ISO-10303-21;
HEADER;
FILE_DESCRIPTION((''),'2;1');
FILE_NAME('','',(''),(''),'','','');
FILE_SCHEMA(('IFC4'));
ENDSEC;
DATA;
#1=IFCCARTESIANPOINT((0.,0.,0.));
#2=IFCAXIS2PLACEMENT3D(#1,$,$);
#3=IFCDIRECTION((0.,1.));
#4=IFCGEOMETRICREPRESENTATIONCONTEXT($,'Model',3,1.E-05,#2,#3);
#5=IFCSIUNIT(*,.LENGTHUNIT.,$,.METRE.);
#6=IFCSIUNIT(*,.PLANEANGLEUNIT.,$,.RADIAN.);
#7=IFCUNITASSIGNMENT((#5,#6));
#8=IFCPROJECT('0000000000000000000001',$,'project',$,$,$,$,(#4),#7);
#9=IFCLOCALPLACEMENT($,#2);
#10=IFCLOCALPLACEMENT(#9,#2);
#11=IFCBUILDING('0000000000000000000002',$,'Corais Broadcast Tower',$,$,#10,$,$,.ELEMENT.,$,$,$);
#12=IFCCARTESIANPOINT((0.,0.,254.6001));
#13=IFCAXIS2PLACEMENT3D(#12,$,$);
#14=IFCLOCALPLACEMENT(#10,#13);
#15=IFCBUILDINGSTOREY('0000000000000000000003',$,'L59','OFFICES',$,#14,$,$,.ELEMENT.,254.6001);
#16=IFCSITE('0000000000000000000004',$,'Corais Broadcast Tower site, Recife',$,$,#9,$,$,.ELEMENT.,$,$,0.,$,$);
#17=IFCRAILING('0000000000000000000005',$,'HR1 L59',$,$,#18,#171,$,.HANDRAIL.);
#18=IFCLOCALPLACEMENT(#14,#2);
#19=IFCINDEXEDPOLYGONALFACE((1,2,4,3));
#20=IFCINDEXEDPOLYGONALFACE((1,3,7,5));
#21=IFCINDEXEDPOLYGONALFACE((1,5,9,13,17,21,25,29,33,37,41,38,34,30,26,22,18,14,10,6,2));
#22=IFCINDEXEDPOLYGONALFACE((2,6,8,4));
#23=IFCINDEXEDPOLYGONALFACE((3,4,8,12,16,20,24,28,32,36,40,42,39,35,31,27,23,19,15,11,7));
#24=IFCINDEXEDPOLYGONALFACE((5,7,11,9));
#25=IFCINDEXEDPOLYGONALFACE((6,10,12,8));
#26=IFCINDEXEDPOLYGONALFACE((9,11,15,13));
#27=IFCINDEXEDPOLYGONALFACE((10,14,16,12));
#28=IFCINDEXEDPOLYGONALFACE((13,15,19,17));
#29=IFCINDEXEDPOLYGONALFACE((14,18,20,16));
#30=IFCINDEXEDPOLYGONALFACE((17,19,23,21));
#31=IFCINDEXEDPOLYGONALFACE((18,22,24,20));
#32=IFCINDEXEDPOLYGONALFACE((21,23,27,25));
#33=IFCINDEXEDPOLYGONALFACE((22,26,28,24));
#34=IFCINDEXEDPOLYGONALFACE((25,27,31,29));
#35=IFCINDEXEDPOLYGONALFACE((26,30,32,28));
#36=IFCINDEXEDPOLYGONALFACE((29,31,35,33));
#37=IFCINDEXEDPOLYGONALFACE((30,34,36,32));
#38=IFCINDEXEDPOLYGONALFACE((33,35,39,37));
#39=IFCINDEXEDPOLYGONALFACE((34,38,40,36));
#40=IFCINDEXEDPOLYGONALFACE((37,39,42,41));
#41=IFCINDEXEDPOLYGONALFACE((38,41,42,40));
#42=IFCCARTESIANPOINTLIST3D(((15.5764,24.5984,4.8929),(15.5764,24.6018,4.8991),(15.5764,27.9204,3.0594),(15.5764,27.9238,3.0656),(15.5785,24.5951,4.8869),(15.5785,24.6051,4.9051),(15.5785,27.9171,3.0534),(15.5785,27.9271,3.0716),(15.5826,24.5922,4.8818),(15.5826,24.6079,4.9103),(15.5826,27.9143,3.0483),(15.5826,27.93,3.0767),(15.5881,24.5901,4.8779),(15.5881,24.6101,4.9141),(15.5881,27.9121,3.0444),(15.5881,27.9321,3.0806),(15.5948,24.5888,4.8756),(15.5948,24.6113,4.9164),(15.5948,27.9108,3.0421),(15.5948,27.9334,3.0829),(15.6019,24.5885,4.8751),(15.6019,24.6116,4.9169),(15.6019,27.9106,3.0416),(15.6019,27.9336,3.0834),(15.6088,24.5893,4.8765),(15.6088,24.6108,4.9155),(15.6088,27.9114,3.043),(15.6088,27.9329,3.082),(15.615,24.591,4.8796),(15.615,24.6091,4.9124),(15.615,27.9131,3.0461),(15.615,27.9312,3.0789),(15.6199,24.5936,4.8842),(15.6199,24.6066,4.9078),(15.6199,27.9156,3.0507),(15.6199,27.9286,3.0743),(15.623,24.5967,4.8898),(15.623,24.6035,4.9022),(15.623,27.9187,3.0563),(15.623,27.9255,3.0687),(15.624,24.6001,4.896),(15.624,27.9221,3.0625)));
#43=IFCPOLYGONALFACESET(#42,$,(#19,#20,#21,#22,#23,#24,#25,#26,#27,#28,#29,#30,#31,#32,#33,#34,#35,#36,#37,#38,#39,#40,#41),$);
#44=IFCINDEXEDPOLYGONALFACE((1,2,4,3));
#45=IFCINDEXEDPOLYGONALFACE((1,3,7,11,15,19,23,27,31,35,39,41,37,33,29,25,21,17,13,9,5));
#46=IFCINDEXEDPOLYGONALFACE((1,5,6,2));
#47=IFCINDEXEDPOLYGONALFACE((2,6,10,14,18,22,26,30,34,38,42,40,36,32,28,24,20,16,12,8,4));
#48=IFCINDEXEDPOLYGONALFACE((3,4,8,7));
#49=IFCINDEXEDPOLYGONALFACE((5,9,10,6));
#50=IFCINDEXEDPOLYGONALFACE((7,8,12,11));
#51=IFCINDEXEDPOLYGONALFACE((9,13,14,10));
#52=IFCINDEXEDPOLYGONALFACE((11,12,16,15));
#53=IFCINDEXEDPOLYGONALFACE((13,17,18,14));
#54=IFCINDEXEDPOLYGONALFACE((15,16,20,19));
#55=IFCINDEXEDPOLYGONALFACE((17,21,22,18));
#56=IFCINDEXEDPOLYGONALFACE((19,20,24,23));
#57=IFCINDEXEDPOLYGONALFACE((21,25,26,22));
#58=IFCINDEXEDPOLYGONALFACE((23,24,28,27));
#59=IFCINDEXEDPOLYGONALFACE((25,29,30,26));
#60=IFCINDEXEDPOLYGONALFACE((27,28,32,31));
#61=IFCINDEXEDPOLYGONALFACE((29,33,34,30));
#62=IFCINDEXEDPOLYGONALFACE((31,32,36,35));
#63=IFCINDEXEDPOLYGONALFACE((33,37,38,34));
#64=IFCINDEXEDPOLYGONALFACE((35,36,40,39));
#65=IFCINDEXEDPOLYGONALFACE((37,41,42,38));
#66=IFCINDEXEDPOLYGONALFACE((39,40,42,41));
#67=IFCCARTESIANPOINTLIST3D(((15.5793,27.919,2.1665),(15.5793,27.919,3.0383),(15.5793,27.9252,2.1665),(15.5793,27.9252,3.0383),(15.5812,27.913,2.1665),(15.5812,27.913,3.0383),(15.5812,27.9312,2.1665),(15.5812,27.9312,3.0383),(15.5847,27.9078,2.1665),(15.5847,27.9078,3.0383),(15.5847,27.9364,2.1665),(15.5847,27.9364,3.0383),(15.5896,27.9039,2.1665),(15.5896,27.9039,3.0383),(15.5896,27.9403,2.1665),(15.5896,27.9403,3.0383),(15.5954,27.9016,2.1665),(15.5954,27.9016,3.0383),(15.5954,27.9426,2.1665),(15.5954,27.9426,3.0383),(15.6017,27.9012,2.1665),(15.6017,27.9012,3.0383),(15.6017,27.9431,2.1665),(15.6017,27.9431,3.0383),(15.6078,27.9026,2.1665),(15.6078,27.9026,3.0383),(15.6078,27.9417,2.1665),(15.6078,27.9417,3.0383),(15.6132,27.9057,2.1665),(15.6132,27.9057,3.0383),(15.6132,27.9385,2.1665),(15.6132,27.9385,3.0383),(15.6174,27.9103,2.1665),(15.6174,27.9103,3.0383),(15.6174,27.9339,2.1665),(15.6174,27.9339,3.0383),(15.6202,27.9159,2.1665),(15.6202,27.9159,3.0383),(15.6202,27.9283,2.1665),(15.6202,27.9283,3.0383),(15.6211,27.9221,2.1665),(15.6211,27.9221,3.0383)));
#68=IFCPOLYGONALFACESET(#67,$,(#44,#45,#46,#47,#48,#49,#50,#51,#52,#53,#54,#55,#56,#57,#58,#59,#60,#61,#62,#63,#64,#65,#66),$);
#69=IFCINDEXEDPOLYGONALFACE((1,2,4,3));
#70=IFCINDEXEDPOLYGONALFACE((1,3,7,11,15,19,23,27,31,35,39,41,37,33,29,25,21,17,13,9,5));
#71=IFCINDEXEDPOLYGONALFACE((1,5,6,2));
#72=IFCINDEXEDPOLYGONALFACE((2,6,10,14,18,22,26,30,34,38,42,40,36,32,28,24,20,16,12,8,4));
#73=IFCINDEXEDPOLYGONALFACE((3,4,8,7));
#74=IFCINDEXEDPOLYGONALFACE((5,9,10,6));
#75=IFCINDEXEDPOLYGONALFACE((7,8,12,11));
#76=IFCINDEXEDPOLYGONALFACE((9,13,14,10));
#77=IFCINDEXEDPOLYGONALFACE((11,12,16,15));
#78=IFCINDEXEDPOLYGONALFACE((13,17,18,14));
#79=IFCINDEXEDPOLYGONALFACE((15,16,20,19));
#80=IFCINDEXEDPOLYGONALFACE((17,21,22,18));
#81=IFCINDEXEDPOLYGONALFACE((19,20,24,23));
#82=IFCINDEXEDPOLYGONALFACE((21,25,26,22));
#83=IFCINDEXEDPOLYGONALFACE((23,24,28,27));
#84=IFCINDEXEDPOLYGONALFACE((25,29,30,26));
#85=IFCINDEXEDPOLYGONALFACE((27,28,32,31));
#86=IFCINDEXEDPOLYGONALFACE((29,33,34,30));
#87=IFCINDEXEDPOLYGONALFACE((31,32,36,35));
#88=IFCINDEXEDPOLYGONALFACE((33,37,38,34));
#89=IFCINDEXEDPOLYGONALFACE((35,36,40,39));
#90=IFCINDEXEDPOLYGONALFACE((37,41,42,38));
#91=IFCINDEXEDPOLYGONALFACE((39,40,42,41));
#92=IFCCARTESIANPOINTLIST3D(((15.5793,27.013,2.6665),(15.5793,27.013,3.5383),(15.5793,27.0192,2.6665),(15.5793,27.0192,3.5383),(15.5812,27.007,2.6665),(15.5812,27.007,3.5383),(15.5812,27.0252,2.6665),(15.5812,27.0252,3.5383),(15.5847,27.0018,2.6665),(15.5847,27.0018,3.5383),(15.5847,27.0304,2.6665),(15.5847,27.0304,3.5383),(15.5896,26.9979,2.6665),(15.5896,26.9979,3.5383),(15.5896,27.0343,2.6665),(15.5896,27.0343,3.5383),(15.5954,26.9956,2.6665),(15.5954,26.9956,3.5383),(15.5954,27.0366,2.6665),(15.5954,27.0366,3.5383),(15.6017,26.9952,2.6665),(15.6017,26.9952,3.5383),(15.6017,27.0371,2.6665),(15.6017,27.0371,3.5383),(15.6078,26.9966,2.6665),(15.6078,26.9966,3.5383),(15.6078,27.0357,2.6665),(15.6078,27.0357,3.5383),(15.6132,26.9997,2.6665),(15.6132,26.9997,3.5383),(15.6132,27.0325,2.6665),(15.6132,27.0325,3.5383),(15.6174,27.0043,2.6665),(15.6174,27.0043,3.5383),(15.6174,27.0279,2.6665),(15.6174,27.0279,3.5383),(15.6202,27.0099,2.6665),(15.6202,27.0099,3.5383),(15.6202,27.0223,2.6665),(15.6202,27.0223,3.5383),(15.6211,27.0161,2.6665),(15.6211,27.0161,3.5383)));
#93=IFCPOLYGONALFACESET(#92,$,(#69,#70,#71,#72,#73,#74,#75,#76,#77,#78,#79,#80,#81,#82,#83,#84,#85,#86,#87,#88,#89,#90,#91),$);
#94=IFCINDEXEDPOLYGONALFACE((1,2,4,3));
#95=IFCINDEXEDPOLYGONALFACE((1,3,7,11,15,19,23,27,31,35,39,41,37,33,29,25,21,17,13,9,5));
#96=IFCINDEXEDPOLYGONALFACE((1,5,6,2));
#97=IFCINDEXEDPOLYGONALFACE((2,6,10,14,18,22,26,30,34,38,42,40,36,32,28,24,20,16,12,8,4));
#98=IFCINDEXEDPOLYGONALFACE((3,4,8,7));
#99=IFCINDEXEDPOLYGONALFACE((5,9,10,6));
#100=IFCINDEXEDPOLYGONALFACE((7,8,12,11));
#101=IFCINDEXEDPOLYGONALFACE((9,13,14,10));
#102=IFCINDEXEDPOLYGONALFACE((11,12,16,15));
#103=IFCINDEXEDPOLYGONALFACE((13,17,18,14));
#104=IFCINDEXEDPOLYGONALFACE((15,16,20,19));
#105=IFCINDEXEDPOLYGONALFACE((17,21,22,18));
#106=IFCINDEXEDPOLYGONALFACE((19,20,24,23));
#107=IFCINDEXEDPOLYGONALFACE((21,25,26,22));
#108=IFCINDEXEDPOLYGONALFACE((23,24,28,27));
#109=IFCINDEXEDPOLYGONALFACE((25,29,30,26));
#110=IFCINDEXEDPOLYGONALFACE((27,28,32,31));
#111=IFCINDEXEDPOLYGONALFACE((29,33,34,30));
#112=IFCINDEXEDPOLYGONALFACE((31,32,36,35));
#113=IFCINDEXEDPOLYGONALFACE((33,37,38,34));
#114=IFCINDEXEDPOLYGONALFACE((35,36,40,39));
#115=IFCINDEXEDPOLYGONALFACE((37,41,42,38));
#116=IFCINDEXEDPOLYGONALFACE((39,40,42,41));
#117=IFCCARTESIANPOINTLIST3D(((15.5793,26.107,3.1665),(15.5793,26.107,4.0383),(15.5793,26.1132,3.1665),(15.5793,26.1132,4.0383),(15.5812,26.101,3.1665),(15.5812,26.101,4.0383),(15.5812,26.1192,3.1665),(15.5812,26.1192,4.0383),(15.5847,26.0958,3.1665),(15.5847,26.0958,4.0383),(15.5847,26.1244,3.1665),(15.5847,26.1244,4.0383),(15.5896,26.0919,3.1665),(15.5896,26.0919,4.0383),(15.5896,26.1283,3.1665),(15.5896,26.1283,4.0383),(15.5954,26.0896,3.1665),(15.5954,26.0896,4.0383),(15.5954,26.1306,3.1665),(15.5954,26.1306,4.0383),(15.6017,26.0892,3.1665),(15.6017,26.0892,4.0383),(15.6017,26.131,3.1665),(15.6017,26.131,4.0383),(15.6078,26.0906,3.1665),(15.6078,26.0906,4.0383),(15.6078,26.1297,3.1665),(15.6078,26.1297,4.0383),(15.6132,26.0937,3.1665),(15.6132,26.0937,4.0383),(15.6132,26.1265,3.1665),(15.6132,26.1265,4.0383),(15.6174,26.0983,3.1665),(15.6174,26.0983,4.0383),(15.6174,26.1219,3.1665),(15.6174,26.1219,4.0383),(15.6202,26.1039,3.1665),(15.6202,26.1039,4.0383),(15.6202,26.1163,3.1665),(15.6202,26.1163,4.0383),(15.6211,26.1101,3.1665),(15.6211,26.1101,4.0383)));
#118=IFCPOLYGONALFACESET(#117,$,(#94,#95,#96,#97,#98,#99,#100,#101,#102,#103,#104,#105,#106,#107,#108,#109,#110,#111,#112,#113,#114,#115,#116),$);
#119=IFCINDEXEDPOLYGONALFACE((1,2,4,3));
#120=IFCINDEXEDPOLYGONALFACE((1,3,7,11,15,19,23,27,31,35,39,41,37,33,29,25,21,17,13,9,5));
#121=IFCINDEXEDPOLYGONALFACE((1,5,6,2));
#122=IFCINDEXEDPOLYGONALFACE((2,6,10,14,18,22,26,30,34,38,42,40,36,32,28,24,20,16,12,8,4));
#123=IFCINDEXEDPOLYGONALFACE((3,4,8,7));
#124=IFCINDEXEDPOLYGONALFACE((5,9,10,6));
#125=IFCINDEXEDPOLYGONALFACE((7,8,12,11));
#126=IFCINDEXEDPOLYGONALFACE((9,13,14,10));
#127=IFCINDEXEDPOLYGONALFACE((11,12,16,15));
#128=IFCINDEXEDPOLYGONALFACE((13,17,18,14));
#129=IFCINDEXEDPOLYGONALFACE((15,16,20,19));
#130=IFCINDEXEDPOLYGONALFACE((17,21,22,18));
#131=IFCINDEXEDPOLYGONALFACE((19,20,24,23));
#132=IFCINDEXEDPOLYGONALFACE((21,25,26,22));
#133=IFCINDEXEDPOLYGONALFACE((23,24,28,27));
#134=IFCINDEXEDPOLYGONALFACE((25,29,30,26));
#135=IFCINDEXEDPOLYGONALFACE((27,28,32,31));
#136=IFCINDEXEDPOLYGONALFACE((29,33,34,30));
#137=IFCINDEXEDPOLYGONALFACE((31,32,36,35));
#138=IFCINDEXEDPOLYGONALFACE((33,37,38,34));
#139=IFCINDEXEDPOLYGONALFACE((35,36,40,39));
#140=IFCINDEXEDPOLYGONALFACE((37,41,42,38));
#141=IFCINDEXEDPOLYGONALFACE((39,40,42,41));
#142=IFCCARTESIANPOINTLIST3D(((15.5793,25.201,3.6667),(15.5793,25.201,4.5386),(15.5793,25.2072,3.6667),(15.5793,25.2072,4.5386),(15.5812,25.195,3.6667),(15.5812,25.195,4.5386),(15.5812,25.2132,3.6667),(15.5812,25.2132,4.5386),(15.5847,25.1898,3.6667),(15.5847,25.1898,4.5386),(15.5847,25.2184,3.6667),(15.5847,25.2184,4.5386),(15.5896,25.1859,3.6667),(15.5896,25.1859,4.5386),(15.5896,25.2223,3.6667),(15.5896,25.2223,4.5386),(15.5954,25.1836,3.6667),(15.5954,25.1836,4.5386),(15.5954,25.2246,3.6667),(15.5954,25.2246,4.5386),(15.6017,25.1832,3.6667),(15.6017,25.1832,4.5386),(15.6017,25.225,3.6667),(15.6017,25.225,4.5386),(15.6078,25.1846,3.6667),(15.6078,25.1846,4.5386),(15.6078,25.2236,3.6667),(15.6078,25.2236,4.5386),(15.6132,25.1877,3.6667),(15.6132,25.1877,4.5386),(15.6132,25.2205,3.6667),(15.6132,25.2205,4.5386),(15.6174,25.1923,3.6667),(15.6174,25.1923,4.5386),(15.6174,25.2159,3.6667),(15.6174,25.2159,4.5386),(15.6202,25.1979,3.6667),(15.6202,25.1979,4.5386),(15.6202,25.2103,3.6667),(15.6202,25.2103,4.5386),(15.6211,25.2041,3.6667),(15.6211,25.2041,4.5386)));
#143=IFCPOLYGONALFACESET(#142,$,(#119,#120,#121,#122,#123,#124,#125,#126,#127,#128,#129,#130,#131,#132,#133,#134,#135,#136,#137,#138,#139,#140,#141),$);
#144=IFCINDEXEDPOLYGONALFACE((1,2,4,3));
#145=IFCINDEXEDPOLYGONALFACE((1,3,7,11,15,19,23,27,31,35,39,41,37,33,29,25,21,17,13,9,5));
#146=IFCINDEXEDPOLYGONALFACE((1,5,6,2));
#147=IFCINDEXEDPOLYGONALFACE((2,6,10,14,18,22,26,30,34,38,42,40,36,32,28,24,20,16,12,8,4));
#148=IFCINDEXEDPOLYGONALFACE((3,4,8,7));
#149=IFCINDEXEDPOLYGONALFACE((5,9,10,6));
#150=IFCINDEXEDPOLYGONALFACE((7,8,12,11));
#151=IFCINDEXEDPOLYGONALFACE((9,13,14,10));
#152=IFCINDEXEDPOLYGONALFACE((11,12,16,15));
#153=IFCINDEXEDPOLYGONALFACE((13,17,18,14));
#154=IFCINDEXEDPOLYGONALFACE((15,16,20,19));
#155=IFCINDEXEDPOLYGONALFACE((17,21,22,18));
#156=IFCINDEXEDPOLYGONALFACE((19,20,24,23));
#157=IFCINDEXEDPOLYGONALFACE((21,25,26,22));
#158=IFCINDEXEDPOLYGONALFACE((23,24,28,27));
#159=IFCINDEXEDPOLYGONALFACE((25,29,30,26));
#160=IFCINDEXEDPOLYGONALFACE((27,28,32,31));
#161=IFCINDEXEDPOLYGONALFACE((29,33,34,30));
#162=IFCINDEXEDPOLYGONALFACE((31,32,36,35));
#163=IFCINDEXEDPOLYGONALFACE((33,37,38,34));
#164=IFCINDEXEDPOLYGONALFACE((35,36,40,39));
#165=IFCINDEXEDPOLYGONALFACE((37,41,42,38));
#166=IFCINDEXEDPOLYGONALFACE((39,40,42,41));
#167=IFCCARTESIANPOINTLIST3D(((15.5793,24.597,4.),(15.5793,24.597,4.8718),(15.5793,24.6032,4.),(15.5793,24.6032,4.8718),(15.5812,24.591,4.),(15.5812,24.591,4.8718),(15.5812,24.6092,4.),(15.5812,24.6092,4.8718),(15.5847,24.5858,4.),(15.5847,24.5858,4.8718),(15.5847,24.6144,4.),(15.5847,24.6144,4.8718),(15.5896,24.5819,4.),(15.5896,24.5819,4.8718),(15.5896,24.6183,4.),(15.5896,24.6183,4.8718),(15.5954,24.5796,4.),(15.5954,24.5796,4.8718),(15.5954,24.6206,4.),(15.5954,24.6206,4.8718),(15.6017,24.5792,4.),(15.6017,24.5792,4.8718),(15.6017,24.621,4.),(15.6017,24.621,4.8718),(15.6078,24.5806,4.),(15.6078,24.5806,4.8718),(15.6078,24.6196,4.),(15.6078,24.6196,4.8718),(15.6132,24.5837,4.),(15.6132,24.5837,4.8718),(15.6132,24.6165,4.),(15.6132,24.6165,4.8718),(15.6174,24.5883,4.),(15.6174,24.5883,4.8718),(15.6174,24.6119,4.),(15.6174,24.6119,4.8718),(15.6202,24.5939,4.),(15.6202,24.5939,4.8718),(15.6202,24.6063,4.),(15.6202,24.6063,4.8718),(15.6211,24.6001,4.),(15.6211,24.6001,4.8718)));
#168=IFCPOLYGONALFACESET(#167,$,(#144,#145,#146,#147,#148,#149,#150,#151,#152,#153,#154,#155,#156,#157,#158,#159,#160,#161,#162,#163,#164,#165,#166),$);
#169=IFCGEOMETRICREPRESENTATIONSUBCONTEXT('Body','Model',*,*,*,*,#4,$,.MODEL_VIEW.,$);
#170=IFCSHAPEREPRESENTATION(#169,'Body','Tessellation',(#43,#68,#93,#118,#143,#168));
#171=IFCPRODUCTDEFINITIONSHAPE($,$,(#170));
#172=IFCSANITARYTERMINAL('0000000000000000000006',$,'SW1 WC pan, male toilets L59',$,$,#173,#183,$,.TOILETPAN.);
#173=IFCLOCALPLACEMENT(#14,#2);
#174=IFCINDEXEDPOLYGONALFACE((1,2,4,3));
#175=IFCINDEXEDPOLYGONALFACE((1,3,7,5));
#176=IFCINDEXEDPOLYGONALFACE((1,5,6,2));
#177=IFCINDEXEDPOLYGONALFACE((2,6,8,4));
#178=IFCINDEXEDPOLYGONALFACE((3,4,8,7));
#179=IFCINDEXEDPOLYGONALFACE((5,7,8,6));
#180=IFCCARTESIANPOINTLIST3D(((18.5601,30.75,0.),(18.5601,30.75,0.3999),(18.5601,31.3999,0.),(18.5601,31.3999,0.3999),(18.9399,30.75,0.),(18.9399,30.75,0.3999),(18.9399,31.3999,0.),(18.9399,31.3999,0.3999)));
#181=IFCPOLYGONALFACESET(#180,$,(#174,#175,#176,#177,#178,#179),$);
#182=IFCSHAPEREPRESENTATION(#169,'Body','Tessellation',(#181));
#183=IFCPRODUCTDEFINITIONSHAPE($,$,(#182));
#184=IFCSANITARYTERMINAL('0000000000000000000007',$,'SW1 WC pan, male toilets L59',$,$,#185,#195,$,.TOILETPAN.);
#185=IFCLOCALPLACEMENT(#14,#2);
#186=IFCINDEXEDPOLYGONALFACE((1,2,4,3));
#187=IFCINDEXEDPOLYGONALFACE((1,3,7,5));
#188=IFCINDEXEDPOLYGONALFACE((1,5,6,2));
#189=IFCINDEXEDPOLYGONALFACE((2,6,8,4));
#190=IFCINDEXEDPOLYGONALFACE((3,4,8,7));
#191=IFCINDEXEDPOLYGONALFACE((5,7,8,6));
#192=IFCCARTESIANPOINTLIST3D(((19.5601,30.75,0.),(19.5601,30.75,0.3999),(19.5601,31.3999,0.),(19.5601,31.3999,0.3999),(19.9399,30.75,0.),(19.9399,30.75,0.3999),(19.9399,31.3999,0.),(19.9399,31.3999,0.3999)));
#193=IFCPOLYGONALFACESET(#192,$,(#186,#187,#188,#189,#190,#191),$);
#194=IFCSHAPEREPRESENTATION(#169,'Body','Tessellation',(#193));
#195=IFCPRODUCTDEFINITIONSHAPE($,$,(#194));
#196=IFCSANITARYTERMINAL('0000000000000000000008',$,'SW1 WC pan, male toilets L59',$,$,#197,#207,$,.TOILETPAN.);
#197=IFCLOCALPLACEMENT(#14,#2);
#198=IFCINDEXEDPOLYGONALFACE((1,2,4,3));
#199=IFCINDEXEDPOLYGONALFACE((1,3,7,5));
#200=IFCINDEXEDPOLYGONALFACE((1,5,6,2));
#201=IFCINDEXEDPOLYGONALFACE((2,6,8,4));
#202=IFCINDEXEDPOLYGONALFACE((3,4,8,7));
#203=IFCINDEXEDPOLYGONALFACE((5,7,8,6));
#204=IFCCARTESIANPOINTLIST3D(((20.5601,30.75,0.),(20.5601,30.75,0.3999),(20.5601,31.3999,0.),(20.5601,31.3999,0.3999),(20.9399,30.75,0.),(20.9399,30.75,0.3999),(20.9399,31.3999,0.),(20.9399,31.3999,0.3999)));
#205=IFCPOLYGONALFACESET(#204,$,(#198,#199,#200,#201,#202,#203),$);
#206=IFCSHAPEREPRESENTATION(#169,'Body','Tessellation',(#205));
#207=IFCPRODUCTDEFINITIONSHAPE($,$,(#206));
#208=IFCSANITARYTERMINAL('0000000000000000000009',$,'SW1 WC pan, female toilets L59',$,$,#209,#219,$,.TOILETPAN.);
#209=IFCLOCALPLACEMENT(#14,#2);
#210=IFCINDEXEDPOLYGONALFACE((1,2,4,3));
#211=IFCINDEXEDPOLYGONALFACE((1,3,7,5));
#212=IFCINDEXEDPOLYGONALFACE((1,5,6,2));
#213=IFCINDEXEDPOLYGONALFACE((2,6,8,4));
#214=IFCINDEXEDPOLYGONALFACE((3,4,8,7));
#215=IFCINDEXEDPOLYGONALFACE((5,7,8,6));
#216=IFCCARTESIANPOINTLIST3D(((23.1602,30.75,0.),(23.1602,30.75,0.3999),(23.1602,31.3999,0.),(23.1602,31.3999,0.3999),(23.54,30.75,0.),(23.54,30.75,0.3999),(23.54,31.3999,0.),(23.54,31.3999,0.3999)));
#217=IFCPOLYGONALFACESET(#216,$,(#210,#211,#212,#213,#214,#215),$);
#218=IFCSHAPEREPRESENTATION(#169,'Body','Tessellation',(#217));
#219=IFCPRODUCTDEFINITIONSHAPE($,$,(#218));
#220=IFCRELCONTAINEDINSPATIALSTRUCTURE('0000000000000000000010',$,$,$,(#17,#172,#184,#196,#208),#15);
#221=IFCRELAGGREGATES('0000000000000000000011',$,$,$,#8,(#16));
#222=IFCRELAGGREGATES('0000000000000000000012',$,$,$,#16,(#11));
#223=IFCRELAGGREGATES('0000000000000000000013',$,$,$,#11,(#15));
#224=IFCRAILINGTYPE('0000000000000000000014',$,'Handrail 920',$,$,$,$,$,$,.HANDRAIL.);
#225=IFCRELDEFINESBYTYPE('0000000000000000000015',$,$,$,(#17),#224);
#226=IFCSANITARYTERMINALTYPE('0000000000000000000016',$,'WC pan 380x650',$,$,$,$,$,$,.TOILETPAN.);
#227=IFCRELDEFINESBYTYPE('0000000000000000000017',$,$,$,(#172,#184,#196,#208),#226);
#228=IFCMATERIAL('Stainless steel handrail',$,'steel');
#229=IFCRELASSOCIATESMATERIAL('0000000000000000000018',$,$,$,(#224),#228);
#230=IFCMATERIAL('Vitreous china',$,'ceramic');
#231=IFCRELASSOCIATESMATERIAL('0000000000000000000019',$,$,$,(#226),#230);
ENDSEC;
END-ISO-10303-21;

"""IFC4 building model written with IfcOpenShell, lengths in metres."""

from ifc_helpers import new_model, si_unit, direction, frame, origin, origin_2d, place, context, subcontext, project, spatial, rectangle, circle, extrude, material, type_object, element, save


model = new_model("IFC4")

# Units and contexts
model_context = context("Model", 3, precision=1e-05, world=origin(), true_north=direction((0.0, 1.0)))
body_context = subcontext(model_context, "Body", "Model", "MODEL_VIEW")
ifc_project = project(units=[si_unit("LENGTHUNIT", "METRE"), si_unit("PLANEANGLEUNIT", "RADIAN")], contexts=[model_context])

# Site, building, storey
site_placement = place(None, origin())
site = spatial("IfcSite", under=ifc_project, at=site_placement, Name="Corais Broadcast Tower site, Recife", CompositionType="ELEMENT", RefElevation=0.0)
building_placement = place(site_placement, origin())
building = spatial("IfcBuilding", under=site, at=building_placement, Name="Corais Broadcast Tower", CompositionType="ELEMENT")
storey_placement = place(building_placement, frame((0.0, 0.0, 254.6001)))
storey = spatial("IfcBuildingStorey", under=building, at=storey_placement, Name="L59", Description="OFFICES", CompositionType="ELEMENT", Elevation=254.6001)

# Railing
ifc_material_1 = material(Name="Stainless steel handrail", Category="steel")
railing_type = type_object("IfcRailingType", Name="Handrail 920", PredefinedType="HANDRAIL", material=ifc_material_1)
for number, where, name in (
    (1, (15.6001, 27.9221, 2.1665), "HR1 L59"),
):
    element("IfcRailing", number, at=place(storey_placement, frame(where)), inside=storey, type_object=railing_type, Name=name, PredefinedType="HANDRAIL", context=body_context, shape_type="SweptSolid", body=[
        extrude(circle(Radius=0.0239, at=origin_2d()), frame((0.0, 0.0, 0.896), z_axis=(0.0, -0.875504, 0.48321), x_axis=(1.0, 0.0, 0.0)), (0.0, 0.0, 1.0), 3.7944),
        extrude(circle(Radius=0.021, at=origin_2d()), origin(), (0.0, 0.0, 1.0), 0.8718),
        extrude(circle(Radius=0.021, at=origin_2d()), frame((0.0, -0.906, 0.5)), (0.0, 0.0, 1.0), 0.8718),
        extrude(circle(Radius=0.021, at=origin_2d()), frame((0.0, -1.812, 1.0)), (0.0, 0.0, 1.0), 0.8718),
        extrude(circle(Radius=0.021, at=origin_2d()), frame((0.0, -2.718, 1.5002)), (0.0, 0.0, 1.0), 0.8718),
        extrude(circle(Radius=0.021, at=origin_2d()), frame((0.0, -3.322, 1.8335)), (0.0, 0.0, 1.0), 0.8718),
    ])

# Sanitary terminals
ifc_material_2 = material(Name="Vitreous china", Category="ceramic")
sanitary_terminal_type_1 = type_object("IfcSanitaryTerminalType", Name="WC pan 380x650", PredefinedType="TOILETPAN", material=ifc_material_2)
for number, where, z_axis, x_axis, name in (
    (2, (18.75, 31.075, 0.0), (0.0, 0.0, 1.0), (1.0, 0.0, 0.0), "SW1 WC pan, male toilets L59"),
    (3, (19.75, 31.075, 0.0), (0.0, 0.0, 1.0), (1.0, 0.0, 0.0), "SW1 WC pan, male toilets L59"),
    (4, (20.75, 31.075, 0.0), (0.0, 0.0, 1.0), (1.0, 0.0, 0.0), "SW1 WC pan, male toilets L59"),
    (5, (23.3501, 31.075, 0.0), (0.0, 0.0, 1.0), (1.0, 0.0, 0.0), "SW1 WC pan, female toilets L59"),
):
    element("IfcSanitaryTerminal", number, at=place(storey_placement, frame(where, z_axis=z_axis, x_axis=x_axis)), inside=storey, type_object=sanitary_terminal_type_1, Name=name, PredefinedType="TOILETPAN", context=body_context, shape_type="SweptSolid", body=[
        extrude(rectangle(XDim=0.3799, YDim=0.6499, at=origin_2d()), origin(), (0.0, 0.0, 1.0), 0.3999),
    ])

save(model, "model.ifc")
